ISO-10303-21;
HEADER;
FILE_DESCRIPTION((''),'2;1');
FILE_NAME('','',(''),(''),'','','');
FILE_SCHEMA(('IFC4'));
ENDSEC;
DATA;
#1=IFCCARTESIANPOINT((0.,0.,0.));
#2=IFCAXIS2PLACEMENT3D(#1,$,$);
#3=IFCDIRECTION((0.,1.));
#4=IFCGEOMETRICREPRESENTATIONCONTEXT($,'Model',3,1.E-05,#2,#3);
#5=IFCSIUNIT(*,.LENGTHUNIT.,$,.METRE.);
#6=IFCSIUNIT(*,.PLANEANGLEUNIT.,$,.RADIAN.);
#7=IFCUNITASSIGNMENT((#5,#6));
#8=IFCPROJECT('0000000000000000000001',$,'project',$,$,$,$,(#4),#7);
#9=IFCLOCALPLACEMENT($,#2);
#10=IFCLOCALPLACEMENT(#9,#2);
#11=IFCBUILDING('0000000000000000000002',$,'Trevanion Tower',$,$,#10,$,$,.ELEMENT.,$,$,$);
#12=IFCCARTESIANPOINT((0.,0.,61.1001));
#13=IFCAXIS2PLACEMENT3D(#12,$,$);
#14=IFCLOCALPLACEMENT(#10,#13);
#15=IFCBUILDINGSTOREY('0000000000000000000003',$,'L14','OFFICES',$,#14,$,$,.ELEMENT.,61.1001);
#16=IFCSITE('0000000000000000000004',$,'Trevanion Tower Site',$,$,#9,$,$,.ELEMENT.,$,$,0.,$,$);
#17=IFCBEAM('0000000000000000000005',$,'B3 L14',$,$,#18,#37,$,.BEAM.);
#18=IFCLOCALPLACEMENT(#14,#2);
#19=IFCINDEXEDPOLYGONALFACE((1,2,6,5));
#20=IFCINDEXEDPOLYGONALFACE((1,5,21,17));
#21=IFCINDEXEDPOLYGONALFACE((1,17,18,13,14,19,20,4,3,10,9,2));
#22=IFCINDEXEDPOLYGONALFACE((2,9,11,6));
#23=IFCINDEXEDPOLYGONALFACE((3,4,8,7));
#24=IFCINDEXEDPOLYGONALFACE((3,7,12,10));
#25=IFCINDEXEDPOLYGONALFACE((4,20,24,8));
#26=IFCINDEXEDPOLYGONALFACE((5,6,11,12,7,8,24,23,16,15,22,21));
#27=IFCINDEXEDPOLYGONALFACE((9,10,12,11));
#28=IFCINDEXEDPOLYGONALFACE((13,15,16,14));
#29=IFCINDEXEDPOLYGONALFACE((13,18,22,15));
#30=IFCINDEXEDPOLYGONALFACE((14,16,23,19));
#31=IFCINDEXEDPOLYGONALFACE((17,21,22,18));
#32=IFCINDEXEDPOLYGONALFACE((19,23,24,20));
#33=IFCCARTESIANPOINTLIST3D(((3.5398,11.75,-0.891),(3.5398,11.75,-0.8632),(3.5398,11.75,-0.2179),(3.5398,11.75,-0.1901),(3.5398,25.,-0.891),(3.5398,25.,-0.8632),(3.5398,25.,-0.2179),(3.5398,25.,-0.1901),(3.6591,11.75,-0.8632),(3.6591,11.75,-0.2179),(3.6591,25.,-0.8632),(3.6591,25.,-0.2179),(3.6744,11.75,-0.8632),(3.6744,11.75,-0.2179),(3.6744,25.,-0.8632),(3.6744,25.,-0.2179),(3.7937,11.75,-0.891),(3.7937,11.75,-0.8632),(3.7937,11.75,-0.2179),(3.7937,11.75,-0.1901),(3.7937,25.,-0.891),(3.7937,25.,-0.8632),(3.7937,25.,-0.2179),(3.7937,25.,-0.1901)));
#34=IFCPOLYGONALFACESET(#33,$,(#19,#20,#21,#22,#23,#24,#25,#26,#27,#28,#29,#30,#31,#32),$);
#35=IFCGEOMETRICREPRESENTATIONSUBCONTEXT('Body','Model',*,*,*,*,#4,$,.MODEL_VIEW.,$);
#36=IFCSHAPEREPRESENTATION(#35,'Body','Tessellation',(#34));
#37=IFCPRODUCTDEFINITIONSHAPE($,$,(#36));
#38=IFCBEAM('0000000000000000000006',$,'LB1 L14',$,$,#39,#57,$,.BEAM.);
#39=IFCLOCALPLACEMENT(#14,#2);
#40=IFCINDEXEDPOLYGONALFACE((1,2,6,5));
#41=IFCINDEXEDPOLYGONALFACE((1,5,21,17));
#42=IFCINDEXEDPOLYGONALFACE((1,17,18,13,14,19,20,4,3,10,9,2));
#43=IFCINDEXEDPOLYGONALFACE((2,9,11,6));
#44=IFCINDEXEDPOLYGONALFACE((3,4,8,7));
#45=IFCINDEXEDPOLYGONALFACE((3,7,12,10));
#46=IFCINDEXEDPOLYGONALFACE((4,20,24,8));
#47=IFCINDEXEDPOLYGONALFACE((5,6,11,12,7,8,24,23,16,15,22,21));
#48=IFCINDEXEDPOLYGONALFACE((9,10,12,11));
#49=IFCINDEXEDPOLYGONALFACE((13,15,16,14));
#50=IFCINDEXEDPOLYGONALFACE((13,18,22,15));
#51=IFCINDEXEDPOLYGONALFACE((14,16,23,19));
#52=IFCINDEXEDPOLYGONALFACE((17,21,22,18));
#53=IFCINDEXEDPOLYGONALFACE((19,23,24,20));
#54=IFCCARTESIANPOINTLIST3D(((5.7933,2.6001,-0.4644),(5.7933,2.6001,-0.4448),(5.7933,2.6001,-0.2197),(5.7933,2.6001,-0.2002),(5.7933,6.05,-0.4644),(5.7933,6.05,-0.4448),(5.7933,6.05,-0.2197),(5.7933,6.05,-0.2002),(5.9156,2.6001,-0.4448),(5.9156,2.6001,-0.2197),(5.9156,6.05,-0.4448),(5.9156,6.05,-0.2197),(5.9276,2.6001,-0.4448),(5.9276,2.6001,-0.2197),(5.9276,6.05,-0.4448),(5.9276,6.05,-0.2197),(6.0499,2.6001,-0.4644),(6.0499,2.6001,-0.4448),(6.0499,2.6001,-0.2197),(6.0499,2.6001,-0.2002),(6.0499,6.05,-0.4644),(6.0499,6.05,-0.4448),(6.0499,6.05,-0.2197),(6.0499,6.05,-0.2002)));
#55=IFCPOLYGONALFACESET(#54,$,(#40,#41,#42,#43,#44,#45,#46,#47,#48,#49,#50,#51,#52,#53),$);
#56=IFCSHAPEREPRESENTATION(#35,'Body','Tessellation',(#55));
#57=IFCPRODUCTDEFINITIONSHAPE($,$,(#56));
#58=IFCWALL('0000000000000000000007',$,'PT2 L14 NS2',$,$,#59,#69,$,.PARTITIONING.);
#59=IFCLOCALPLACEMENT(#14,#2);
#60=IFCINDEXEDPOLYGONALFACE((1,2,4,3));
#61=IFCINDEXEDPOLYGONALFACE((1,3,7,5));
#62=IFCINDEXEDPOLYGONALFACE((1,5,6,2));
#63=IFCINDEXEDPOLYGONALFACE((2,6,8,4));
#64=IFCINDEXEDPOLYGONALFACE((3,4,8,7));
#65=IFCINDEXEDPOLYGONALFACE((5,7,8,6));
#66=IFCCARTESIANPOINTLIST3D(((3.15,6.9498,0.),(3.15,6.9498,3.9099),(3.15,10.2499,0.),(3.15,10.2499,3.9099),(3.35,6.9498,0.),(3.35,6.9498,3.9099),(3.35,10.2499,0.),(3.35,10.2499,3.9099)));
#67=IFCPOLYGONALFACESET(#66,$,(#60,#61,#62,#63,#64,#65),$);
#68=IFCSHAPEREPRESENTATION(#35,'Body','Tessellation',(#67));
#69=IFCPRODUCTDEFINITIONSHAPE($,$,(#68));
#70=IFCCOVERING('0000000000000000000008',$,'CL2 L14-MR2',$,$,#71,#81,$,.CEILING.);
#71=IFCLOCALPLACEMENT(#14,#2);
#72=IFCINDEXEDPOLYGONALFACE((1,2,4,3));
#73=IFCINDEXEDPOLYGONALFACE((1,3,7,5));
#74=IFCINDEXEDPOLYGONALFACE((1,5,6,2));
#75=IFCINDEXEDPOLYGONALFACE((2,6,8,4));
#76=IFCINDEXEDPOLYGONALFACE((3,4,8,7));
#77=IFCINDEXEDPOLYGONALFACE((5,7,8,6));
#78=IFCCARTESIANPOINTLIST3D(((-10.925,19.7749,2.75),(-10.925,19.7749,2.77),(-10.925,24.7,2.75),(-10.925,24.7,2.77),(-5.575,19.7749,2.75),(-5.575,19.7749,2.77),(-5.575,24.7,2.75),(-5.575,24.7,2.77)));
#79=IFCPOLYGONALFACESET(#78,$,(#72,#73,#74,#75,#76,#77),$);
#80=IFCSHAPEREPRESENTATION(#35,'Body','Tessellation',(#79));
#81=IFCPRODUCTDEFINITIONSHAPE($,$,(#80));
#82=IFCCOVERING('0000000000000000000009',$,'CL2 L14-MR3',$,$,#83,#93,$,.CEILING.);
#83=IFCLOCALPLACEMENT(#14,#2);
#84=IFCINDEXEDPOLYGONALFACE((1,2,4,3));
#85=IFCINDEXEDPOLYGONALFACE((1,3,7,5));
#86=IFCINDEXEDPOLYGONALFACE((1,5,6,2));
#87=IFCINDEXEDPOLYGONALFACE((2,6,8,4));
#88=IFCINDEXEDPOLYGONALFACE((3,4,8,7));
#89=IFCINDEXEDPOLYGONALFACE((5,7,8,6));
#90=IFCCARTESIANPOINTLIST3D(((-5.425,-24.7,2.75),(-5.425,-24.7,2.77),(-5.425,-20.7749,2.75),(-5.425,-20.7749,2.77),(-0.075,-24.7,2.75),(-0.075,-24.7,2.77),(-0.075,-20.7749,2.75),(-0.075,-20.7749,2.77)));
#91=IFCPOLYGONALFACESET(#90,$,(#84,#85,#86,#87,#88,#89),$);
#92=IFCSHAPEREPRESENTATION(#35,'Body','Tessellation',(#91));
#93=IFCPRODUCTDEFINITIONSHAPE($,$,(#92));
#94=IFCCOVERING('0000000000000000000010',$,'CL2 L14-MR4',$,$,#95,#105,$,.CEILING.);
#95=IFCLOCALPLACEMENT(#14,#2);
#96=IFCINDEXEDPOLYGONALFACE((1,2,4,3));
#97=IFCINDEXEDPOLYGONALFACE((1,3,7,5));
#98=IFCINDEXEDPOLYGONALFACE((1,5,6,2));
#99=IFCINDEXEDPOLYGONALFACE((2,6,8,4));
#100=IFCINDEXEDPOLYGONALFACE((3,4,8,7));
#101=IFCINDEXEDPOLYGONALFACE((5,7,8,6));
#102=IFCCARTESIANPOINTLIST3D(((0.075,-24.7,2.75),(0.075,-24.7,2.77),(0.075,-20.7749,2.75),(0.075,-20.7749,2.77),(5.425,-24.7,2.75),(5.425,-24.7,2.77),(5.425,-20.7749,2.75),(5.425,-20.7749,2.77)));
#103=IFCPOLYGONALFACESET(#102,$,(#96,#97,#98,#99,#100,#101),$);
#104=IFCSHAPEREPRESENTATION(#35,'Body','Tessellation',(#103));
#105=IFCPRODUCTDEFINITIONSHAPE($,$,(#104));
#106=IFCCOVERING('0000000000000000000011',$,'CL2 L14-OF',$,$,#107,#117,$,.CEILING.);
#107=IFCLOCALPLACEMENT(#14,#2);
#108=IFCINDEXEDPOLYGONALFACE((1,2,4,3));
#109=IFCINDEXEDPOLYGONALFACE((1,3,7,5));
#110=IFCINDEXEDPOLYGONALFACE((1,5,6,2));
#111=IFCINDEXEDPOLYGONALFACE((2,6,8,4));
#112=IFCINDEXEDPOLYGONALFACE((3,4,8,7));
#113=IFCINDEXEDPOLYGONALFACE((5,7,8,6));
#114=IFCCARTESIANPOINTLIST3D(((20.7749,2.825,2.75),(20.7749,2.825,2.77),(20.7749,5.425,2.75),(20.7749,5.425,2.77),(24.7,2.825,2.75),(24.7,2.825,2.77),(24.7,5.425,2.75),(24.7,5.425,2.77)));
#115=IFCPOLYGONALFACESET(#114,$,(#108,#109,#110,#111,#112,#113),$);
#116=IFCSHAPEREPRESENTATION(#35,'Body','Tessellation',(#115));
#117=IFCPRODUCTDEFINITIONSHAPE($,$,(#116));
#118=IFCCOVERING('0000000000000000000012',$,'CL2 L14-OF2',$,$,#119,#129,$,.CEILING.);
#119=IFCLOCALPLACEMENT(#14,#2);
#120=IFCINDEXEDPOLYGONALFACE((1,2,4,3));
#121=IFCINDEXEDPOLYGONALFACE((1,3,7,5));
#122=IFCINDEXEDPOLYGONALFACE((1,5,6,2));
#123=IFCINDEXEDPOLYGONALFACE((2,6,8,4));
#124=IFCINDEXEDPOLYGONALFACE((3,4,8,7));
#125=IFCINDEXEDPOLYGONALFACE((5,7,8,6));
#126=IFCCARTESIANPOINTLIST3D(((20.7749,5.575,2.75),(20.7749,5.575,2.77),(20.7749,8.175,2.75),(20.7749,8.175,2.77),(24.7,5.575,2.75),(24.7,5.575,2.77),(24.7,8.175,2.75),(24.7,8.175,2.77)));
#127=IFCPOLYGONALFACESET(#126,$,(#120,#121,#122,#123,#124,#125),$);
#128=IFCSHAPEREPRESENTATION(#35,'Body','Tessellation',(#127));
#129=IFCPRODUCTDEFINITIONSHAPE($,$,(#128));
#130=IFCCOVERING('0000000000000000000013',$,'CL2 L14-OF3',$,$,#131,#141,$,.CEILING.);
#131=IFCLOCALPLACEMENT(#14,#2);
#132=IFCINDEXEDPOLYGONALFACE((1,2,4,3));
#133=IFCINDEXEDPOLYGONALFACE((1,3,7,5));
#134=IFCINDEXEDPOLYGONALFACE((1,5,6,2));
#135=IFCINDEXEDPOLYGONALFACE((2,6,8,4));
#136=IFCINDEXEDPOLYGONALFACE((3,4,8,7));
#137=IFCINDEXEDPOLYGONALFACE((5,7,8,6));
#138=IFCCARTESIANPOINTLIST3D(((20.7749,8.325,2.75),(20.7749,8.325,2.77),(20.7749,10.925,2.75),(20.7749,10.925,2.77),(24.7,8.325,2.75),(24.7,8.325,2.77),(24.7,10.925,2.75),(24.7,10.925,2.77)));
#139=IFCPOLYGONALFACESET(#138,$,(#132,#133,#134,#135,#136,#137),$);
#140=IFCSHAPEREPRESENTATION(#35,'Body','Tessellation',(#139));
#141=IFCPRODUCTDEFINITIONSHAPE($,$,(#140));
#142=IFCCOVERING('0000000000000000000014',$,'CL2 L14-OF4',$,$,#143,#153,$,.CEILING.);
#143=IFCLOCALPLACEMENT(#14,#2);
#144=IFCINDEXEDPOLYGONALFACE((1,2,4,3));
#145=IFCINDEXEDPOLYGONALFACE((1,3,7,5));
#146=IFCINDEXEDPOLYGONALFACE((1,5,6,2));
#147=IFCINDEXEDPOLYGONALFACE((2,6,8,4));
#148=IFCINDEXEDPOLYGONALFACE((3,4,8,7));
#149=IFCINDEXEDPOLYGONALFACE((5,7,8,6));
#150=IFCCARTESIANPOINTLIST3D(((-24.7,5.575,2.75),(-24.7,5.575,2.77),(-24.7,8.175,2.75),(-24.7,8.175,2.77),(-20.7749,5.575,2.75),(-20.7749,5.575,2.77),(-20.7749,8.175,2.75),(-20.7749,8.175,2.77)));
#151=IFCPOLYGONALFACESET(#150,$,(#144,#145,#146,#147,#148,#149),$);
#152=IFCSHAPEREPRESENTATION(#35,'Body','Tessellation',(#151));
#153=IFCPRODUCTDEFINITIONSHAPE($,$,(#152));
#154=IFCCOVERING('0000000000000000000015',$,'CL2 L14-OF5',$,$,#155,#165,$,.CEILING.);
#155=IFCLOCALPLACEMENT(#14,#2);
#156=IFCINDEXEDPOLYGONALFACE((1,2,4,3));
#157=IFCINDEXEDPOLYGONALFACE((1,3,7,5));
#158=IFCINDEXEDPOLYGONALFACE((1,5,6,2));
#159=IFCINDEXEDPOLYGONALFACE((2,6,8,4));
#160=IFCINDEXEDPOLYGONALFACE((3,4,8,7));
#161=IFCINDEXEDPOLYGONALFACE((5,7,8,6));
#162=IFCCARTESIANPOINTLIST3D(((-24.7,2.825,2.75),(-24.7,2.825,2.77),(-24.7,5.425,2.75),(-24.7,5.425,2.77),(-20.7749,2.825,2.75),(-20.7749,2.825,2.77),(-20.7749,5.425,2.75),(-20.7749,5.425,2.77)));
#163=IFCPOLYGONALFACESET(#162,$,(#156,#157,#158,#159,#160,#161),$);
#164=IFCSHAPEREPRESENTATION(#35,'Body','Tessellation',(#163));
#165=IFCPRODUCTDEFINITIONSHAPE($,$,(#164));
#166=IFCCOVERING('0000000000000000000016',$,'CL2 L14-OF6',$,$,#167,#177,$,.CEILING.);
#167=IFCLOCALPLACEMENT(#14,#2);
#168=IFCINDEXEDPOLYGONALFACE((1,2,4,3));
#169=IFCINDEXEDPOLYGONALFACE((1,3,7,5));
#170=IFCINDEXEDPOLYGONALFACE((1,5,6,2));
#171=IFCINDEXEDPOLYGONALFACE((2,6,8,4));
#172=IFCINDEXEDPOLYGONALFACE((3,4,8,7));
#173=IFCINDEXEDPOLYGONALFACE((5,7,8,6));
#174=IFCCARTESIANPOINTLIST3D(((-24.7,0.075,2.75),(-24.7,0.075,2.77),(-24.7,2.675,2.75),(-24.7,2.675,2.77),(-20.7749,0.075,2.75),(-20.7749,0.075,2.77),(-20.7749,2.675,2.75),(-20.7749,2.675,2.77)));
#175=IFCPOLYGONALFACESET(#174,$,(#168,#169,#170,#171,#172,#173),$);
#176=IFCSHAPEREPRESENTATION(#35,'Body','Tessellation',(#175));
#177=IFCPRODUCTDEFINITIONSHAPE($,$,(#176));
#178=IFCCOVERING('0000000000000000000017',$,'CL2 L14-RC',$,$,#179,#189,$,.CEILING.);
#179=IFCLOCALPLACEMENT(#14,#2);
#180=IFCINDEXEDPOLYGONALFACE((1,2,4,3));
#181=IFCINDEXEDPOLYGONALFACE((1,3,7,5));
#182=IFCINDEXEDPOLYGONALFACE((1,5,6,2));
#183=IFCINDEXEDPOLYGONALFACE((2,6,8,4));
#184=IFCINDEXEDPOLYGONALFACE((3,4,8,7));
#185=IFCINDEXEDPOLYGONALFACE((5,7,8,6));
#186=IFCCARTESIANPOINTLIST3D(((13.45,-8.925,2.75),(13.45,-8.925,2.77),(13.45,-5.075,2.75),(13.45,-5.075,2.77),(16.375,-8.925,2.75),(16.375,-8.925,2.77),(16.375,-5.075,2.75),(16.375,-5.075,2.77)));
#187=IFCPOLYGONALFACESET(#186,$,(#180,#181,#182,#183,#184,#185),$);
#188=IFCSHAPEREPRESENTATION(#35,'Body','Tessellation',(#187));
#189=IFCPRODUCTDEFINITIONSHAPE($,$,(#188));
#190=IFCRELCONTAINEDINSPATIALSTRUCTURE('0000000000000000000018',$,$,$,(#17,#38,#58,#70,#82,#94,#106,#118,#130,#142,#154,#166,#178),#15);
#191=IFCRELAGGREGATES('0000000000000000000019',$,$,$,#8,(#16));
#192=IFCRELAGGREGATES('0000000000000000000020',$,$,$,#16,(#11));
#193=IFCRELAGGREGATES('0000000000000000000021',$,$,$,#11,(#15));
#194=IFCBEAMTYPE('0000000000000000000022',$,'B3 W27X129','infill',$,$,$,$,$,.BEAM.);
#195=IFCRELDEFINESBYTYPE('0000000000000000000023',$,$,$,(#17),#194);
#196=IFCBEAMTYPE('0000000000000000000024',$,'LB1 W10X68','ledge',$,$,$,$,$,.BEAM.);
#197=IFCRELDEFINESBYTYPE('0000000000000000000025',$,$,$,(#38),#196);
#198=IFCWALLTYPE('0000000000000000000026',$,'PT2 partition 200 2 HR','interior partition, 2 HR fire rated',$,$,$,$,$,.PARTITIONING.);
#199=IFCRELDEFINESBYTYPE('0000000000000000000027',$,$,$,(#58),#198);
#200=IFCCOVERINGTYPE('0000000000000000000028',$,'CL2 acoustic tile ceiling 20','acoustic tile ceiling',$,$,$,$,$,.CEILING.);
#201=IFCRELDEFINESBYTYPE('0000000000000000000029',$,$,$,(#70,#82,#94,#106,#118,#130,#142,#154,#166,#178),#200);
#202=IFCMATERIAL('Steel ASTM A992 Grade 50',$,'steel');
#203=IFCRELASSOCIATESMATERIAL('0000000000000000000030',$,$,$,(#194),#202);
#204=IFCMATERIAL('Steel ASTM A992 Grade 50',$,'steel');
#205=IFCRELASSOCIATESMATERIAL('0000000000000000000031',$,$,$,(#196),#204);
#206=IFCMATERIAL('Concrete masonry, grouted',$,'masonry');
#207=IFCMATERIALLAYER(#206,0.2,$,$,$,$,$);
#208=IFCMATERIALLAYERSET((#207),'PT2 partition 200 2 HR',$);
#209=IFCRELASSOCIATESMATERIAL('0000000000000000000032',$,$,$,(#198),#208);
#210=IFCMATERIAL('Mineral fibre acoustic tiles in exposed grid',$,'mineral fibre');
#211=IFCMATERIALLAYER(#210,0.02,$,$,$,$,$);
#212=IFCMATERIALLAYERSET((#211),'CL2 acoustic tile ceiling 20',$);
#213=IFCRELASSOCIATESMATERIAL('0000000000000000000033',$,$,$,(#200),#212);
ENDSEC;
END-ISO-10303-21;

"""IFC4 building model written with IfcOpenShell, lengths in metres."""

from ifc_helpers import new_model, si_unit, direction, frame, frame_2d, origin, origin_2d, place, context, subcontext, project, spatial, polyline, rectangle, i_section, outline, extrude, material, layer, layer_set, material_profile, profile_set, type_object, element, save


model = new_model("IFC4")

# Units and contexts
model_context = context("Model", 3, precision=1e-05, world=origin(), true_north=direction((0.0, 1.0)))
body_context = subcontext(model_context, "Body", "Model", "MODEL_VIEW")
ifc_project = project(units=[si_unit("LENGTHUNIT", "METRE"), si_unit("PLANEANGLEUNIT", "RADIAN")], contexts=[model_context])

# Site, building, storey
site_placement = place(None, origin())
site = spatial("IfcSite", under=ifc_project, at=site_placement, Name="Trevanion Tower Site", CompositionType="ELEMENT", RefElevation=0.0)
building_placement = place(site_placement, origin())
building = spatial("IfcBuilding", under=site, at=building_placement, Name="Trevanion Tower", CompositionType="ELEMENT")
storey_placement = place(building_placement, frame((0.0, 0.0, 61.1001)))
storey = spatial("IfcBuildingStorey", under=building, at=storey_placement, Name="L14", Description="OFFICES", CompositionType="ELEMENT", Elevation=61.1001)

# Beams
ifc_material_1 = material(Name="Steel ASTM A992 Grade 50", Category="steel")
ifc_material_profile_1 = material_profile(ifc_material_1, i_section(OverallWidth=0.2539, OverallDepth=0.7009, WebThickness=0.0154, FlangeThickness=0.0278, at=origin_2d()), Name="W27X129")
ifc_profile_set_1 = profile_set([ifc_material_profile_1], Name="Steel ASTM A992 Grade 50")
beam_type_1 = type_object("IfcBeamType", Name="B3 W27X129", Description="infill", PredefinedType="BEAM", material=ifc_profile_set_1)
beam_1_placement = place(storey_placement, frame((3.6667, 11.75, -0.5405), z_axis=(0.0, 1.0, 0.0), x_axis=(-1.0, 0.0, 0.0)))
element("IfcBeam", 1, at=beam_1_placement, inside=storey, type_object=beam_type_1, Name="B3 L14", PredefinedType="BEAM", context=body_context, shape_type="SweptSolid", body=[
    extrude(i_section(OverallWidth=0.2539, OverallDepth=0.7009, WebThickness=0.0154, FlangeThickness=0.0278, at=origin_2d()), origin(), (0.0, 0.0, 1.0), 13.25),
])
ifc_material_2 = material(Name="Steel ASTM A992 Grade 50", Category="steel")
ifc_material_profile_2 = material_profile(ifc_material_2, i_section(OverallWidth=0.2566, OverallDepth=0.2642, WebThickness=0.012, FlangeThickness=0.0195, at=origin_2d()), Name="W10X68")
ifc_profile_set_2 = profile_set([ifc_material_profile_2], Name="Steel ASTM A992 Grade 50")
beam_type_2 = type_object("IfcBeamType", Name="LB1 W10X68", Description="ledge", PredefinedType="BEAM", material=ifc_profile_set_2)
beam_2_placement = place(storey_placement, frame((5.9216, 2.6001, -0.3323), z_axis=(0.0, 1.0, 0.0), x_axis=(-1.0, 0.0, 0.0)))
element("IfcBeam", 2, at=beam_2_placement, inside=storey, type_object=beam_type_2, Name="LB1 L14", PredefinedType="BEAM", context=body_context, shape_type="SweptSolid", body=[
    extrude(i_section(OverallWidth=0.2566, OverallDepth=0.2642, WebThickness=0.012, FlangeThickness=0.0195, at=origin_2d()), origin(), (0.0, 0.0, 1.0), 3.45),
])

# Wall
ifc_material_3 = material(Name="Concrete masonry, grouted", Category="masonry")
ifc_layer_1 = layer(ifc_material_3, 0.2)
ifc_layer_set_1 = layer_set([ifc_layer_1], Name="PT2 partition 200 2 HR")
wall_type = type_object("IfcWallType", Name="PT2 partition 200 2 HR", Description="interior partition, 2 HR fire rated", PredefinedType="PARTITIONING", material=ifc_layer_set_1)
wall_placement = place(storey_placement, frame((3.25, 6.95, 0.0), z_axis=(0.0, 0.0, 1.0), x_axis=(0.0, 1.0, 0.0)))
element("IfcWall", 3, at=wall_placement, inside=storey, type_object=wall_type, Name="PT2 L14 NS2", PredefinedType="PARTITIONING", context=body_context, shape_type="SweptSolid", body=[
    extrude(rectangle(XDim=3.3, YDim=0.2, at=frame_2d((1.6499, 0.0))), origin(), (0.0, 0.0, 1.0), 3.9099),
])

# Coverings
ifc_material_4 = material(Name="Mineral fibre acoustic tiles in exposed grid", Category="mineral fibre")
ifc_layer_2 = layer(ifc_material_4, 0.02)
ifc_layer_set_2 = layer_set([ifc_layer_2], Name="CL2 acoustic tile ceiling 20")
covering_type_1 = type_object("IfcCoveringType", Name="CL2 acoustic tile ceiling 20", Description="acoustic tile ceiling", PredefinedType="CEILING", material=ifc_layer_set_2)
covering_1_placement = place(storey_placement, frame((0.0, 0.0, 2.75)))
element("IfcCovering", 4, at=covering_1_placement, inside=storey, type_object=covering_type_1, Name="CL2 L14-MR2", PredefinedType="CEILING", context=body_context, shape_type="SweptSolid", body=[
    extrude(outline(polyline([(-5.575, 19.7749), (-10.925, 19.7749), (-10.925, 24.7), (-5.575, 24.7), (-5.575, 19.7749)])), origin(), (0.0, 0.0, 1.0), 0.02),
])
covering_2_placement = place(storey_placement, frame((0.0, 0.0, 2.75)))
element("IfcCovering", 5, at=covering_2_placement, inside=storey, type_object=covering_type_1, Name="CL2 L14-MR3", PredefinedType="CEILING", context=body_context, shape_type="SweptSolid", body=[
    extrude(outline(polyline([(-5.425, -20.7749), (-0.075, -20.7749), (-0.075, -24.7), (-5.425, -24.7), (-5.425, -20.7749)])), origin(), (0.0, 0.0, 1.0), 0.02),
])
covering_3_placement = place(storey_placement, frame((0.0, 0.0, 2.75)))
element("IfcCovering", 6, at=covering_3_placement, inside=storey, type_object=covering_type_1, Name="CL2 L14-MR4", PredefinedType="CEILING", context=body_context, shape_type="SweptSolid", body=[
    extrude(outline(polyline([(0.075, -20.7749), (5.425, -20.7749), (5.425, -24.7), (0.075, -24.7), (0.075, -20.7749)])), origin(), (0.0, 0.0, 1.0), 0.02),
])
covering_4_placement = place(storey_placement, frame((0.0, 0.0, 2.75)))
element("IfcCovering", 7, at=covering_4_placement, inside=storey, type_object=covering_type_1, Name="CL2 L14-OF", PredefinedType="CEILING", context=body_context, shape_type="SweptSolid", body=[
    extrude(outline(polyline([(20.7749, 2.825), (20.7749, 5.425), (24.7, 5.425), (24.7, 2.825), (20.7749, 2.825)])), origin(), (0.0, 0.0, 1.0), 0.02),
])
covering_5_placement = place(storey_placement, frame((0.0, 0.0, 2.75)))
element("IfcCovering", 8, at=covering_5_placement, inside=storey, type_object=covering_type_1, Name="CL2 L14-OF2", PredefinedType="CEILING", context=body_context, shape_type="SweptSolid", body=[
    extrude(outline(polyline([(20.7749, 5.575), (20.7749, 8.175), (24.7, 8.175), (24.7, 5.575), (20.7749, 5.575)])), origin(), (0.0, 0.0, 1.0), 0.02),
])
covering_6_placement = place(storey_placement, frame((0.0, 0.0, 2.75)))
element("IfcCovering", 9, at=covering_6_placement, inside=storey, type_object=covering_type_1, Name="CL2 L14-OF3", PredefinedType="CEILING", context=body_context, shape_type="SweptSolid", body=[
    extrude(outline(polyline([(20.7749, 8.325), (20.7749, 10.925), (24.7, 10.925), (24.7, 8.325), (20.7749, 8.325)])), origin(), (0.0, 0.0, 1.0), 0.02),
])
covering_7_placement = place(storey_placement, frame((0.0, 0.0, 2.75)))
element("IfcCovering", 10, at=covering_7_placement, inside=storey, type_object=covering_type_1, Name="CL2 L14-OF4", PredefinedType="CEILING", context=body_context, shape_type="SweptSolid", body=[
    extrude(outline(polyline([(-20.7749, 8.175), (-20.7749, 5.575), (-24.7, 5.575), (-24.7, 8.175), (-20.7749, 8.175)])), origin(), (0.0, 0.0, 1.0), 0.02),
])
covering_8_placement = place(storey_placement, frame((0.0, 0.0, 2.75)))
element("IfcCovering", 11, at=covering_8_placement, inside=storey, type_object=covering_type_1, Name="CL2 L14-OF5", PredefinedType="CEILING", context=body_context, shape_type="SweptSolid", body=[
    extrude(outline(polyline([(-20.7749, 5.425), (-20.7749, 2.825), (-24.7, 2.825), (-24.7, 5.425), (-20.7749, 5.425)])), origin(), (0.0, 0.0, 1.0), 0.02),
])
covering_9_placement = place(storey_placement, frame((0.0, 0.0, 2.75)))
element("IfcCovering", 12, at=covering_9_placement, inside=storey, type_object=covering_type_1, Name="CL2 L14-OF6", PredefinedType="CEILING", context=body_context, shape_type="SweptSolid", body=[
    extrude(outline(polyline([(-20.7749, 2.675), (-20.7749, 0.075), (-24.7, 0.075), (-24.7, 2.675), (-20.7749, 2.675)])), origin(), (0.0, 0.0, 1.0), 0.02),
])
covering_10_placement = place(storey_placement, frame((0.0, 0.0, 2.75)))
element("IfcCovering", 13, at=covering_10_placement, inside=storey, type_object=covering_type_1, Name="CL2 L14-RC", PredefinedType="CEILING", context=body_context, shape_type="SweptSolid", body=[
    extrude(outline(polyline([(13.45, -8.925), (13.45, -5.075), (16.375, -5.075), (16.375, -8.925), (13.45, -8.925)])), origin(), (0.0, 0.0, 1.0), 0.02),
])

save(model, "model.ifc")
